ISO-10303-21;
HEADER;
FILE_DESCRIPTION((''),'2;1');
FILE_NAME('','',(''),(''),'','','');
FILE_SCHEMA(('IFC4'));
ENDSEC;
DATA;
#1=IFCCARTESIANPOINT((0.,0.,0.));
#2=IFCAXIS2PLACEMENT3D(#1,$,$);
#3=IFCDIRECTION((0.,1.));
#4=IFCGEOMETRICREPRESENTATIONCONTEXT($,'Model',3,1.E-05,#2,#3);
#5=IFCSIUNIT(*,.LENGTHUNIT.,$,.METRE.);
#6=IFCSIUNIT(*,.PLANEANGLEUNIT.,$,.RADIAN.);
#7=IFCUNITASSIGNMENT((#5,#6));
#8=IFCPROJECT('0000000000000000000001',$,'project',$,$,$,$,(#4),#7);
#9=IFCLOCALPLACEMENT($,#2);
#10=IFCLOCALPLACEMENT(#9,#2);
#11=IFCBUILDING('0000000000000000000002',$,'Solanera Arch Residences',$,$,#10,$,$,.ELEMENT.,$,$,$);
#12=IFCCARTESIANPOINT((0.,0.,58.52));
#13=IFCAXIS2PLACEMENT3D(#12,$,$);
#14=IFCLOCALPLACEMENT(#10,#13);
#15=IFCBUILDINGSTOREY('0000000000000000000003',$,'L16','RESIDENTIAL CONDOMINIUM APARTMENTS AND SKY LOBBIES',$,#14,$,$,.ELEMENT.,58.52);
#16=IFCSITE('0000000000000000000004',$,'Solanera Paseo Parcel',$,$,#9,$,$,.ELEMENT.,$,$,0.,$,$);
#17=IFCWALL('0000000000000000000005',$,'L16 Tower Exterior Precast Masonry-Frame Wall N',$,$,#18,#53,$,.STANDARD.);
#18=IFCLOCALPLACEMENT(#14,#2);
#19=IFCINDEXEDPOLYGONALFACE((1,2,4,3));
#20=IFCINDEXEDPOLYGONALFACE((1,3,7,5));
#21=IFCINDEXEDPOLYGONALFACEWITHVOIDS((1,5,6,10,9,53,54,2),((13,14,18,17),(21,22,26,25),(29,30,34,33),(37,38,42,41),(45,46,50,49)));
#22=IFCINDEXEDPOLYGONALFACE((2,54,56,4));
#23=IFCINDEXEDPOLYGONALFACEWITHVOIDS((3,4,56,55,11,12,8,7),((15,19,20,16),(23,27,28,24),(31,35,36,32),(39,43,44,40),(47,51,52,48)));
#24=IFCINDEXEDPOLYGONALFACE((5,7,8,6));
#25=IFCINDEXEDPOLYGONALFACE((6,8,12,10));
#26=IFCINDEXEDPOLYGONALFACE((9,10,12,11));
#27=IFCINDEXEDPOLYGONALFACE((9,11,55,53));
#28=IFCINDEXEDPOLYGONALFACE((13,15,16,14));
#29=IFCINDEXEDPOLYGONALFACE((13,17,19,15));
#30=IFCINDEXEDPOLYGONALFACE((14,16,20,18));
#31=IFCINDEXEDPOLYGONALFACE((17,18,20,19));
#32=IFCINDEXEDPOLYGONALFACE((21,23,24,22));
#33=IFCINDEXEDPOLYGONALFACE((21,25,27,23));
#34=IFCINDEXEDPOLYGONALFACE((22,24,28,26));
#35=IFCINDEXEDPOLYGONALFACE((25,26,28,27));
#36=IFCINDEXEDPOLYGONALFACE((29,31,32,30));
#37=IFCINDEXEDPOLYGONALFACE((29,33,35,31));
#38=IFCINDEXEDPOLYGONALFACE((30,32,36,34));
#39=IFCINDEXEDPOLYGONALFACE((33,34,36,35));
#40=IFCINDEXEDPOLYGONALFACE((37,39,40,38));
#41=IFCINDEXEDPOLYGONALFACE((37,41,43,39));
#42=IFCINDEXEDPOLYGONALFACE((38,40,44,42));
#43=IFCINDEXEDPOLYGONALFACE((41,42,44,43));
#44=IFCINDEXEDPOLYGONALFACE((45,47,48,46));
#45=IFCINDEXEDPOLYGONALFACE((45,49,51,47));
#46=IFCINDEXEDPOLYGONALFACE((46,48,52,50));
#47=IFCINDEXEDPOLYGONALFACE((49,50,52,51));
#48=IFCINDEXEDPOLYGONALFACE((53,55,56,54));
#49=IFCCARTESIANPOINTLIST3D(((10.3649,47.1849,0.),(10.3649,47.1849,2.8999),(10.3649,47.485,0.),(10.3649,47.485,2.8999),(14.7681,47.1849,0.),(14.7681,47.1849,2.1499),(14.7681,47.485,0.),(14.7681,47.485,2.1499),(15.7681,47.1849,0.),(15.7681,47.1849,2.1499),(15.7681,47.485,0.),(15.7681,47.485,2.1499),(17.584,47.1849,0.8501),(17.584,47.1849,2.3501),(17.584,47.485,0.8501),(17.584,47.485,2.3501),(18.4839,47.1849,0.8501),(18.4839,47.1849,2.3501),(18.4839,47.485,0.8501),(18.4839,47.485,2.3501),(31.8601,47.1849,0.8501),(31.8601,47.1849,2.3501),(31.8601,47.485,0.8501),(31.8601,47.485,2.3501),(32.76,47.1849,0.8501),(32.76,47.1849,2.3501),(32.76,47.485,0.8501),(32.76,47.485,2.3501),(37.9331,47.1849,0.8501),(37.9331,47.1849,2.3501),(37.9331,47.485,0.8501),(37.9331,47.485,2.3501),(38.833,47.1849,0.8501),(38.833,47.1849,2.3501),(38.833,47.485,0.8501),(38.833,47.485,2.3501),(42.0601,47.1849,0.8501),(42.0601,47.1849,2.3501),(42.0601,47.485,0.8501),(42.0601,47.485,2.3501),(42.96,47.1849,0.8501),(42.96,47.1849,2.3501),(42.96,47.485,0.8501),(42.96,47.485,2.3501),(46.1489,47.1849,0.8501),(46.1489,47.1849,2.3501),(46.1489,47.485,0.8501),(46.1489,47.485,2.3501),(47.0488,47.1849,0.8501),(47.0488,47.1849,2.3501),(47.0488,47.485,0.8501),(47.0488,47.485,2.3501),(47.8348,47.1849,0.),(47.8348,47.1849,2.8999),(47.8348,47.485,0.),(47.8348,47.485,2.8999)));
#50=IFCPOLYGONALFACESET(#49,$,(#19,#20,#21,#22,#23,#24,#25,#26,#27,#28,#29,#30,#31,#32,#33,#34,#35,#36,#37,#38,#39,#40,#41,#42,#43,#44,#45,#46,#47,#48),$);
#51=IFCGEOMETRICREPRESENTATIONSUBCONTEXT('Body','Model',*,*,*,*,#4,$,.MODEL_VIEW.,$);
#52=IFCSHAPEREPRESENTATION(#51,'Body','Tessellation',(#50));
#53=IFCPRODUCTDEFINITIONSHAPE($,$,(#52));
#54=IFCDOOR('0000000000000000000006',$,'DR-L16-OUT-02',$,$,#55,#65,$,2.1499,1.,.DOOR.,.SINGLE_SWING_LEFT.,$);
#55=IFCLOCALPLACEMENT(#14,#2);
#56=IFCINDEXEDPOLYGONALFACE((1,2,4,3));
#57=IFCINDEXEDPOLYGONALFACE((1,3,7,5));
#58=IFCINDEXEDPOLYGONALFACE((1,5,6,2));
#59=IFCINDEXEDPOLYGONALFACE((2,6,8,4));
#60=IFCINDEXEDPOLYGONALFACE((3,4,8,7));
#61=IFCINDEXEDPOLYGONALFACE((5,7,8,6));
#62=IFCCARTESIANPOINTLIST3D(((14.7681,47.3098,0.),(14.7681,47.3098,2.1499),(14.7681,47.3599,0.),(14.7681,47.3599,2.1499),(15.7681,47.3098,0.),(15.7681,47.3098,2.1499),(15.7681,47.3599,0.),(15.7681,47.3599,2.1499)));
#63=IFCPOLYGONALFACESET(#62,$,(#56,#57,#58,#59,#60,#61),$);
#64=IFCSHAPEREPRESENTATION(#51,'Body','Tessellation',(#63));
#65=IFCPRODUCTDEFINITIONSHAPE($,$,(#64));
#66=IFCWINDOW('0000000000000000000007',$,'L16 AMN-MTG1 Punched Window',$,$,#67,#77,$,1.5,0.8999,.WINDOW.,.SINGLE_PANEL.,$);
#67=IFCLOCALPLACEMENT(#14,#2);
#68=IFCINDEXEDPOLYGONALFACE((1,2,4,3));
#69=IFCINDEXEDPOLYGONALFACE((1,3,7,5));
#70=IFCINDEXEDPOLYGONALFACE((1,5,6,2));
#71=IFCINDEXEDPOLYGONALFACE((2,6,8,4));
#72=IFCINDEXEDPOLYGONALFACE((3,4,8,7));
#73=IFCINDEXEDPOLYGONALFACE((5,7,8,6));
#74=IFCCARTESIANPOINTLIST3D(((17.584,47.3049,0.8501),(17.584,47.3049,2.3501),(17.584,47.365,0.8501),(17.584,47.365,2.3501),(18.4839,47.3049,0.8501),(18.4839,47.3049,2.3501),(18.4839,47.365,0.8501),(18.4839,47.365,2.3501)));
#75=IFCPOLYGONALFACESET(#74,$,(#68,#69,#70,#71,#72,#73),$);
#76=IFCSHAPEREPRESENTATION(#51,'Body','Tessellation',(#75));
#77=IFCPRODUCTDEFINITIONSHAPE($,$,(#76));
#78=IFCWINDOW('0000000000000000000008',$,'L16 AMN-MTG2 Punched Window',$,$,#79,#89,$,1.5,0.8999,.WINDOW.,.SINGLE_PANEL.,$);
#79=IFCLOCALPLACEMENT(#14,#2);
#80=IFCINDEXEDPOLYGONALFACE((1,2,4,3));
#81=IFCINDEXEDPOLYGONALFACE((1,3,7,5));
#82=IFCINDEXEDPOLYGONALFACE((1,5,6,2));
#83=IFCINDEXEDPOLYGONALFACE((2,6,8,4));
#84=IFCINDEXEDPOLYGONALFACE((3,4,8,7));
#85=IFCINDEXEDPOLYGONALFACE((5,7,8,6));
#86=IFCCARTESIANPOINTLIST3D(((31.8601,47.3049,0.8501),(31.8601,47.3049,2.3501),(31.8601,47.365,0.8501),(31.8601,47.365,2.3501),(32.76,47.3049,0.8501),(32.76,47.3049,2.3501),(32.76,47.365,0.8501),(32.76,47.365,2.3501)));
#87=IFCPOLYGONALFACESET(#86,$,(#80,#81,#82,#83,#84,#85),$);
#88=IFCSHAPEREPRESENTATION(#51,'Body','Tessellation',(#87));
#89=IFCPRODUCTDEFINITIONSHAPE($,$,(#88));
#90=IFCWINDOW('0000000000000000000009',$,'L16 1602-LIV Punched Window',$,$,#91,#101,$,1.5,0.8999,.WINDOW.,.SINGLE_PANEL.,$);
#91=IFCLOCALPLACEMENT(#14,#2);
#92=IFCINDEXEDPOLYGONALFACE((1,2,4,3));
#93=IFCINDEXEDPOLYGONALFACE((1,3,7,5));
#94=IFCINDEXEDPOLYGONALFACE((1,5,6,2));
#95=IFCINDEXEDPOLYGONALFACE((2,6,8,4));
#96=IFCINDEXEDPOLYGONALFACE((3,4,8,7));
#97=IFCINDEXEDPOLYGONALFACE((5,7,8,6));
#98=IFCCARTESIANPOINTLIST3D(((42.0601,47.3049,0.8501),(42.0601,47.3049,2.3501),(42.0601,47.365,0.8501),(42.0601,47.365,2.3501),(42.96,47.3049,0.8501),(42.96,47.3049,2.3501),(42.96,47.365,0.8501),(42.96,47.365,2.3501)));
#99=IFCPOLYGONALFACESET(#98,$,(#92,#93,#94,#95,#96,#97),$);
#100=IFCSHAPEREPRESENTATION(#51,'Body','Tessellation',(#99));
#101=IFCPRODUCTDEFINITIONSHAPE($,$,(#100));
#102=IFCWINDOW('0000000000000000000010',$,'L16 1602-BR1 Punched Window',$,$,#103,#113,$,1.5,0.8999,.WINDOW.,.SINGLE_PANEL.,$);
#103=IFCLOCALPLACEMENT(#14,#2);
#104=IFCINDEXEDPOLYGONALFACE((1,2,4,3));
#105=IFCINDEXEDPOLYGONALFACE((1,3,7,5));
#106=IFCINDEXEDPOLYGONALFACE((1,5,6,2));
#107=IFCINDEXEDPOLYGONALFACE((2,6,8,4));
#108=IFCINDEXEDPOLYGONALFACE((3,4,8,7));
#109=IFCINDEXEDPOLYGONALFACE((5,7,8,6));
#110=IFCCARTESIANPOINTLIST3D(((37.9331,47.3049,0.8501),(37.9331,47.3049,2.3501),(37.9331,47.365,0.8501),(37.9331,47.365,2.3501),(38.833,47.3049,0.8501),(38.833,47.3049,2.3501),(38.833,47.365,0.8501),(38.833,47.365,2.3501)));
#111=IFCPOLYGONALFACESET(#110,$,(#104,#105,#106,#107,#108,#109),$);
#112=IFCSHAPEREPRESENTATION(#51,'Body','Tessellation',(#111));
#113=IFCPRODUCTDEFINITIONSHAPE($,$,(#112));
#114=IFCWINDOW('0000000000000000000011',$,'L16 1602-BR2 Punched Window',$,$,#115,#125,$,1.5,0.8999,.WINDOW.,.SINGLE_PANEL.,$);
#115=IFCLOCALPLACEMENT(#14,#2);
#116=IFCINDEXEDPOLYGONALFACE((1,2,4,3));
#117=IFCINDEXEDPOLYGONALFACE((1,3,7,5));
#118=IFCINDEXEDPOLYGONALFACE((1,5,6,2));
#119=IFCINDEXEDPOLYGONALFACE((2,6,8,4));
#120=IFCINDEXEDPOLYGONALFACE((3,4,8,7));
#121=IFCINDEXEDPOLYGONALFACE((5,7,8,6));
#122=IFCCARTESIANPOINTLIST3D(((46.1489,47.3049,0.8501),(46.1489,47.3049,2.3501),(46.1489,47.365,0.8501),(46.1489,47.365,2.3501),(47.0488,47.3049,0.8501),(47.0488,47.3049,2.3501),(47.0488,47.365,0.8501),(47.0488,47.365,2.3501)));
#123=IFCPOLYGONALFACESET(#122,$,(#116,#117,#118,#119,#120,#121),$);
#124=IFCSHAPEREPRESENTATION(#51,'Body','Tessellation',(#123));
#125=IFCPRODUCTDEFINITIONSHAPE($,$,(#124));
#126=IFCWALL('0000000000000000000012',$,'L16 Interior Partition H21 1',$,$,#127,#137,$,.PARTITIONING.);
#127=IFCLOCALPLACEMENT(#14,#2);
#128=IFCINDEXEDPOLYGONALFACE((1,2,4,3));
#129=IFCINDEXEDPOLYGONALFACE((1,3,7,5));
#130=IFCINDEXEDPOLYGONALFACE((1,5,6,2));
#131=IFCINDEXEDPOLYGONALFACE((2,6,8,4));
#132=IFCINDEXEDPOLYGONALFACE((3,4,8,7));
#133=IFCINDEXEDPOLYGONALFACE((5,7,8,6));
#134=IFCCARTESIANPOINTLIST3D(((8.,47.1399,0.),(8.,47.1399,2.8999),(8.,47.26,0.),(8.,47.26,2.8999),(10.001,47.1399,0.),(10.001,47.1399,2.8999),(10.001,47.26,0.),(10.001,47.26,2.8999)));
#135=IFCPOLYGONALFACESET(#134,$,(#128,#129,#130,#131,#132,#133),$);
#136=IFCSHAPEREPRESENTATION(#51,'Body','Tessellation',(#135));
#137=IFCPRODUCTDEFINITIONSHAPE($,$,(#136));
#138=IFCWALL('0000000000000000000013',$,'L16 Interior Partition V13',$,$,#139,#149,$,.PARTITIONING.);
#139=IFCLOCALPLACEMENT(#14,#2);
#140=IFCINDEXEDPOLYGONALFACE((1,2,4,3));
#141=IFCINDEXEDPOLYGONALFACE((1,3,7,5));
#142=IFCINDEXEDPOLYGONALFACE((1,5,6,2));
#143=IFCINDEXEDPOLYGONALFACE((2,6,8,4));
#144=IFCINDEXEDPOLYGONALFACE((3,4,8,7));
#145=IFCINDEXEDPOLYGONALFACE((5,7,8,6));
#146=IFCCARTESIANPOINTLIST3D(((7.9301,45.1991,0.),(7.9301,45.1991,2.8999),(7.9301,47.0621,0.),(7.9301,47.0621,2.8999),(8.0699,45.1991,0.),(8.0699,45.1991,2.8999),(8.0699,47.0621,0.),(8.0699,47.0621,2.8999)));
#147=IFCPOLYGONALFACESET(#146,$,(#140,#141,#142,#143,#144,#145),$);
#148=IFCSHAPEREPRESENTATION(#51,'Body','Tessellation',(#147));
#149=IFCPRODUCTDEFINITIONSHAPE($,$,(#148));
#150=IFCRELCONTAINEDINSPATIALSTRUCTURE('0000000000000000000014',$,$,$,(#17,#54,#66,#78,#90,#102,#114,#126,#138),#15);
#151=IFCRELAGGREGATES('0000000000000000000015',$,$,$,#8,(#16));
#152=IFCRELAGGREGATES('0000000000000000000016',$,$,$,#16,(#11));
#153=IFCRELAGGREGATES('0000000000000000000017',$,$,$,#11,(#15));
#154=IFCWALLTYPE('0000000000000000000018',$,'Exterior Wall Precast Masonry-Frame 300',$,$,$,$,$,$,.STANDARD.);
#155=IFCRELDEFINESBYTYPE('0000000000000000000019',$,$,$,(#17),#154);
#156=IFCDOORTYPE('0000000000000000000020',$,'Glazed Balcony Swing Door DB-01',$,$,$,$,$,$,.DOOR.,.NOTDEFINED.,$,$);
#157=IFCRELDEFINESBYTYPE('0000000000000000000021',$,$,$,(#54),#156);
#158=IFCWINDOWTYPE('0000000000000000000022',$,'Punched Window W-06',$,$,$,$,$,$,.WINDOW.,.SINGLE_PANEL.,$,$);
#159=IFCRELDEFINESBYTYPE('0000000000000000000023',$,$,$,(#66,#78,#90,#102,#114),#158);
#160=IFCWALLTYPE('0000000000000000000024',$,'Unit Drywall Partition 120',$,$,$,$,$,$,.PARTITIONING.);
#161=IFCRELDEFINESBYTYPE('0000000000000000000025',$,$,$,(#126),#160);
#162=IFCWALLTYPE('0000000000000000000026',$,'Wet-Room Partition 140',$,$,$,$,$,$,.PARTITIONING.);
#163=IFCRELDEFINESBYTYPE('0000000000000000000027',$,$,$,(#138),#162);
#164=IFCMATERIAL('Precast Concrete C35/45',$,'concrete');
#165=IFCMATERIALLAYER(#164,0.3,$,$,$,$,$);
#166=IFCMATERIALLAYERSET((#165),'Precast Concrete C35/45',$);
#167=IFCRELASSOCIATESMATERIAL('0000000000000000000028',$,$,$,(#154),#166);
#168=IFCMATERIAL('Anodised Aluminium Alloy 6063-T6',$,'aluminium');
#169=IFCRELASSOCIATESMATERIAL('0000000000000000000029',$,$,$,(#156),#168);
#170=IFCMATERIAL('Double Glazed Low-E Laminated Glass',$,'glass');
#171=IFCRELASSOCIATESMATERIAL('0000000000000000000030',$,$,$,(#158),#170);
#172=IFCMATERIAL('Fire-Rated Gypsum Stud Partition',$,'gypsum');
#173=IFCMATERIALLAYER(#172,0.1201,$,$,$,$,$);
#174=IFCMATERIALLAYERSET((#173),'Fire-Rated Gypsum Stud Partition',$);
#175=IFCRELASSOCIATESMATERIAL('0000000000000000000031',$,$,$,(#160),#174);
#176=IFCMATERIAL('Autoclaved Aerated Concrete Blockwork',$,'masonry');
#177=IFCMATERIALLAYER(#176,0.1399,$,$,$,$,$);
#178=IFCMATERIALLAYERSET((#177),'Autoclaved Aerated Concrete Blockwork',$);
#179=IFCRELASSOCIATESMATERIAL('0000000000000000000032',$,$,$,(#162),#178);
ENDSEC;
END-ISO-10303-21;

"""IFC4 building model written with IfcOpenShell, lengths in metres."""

from ifc_helpers import new_model, si_unit, direction, frame, frame_2d, origin, place, context, subcontext, project, spatial, rectangle, extrude, material, layer, layer_set, type_object, element, fill, save


model = new_model("IFC4")

# Units and contexts
model_context = context("Model", 3, precision=1e-05, world=origin(), true_north=direction((0.0, 1.0)))
body_context = subcontext(model_context, "Body", "Model", "MODEL_VIEW")
ifc_project = project(units=[si_unit("LENGTHUNIT", "METRE"), si_unit("PLANEANGLEUNIT", "RADIAN")], contexts=[model_context])

# Site, building, storey
site_placement = place(None, origin())
site = spatial("IfcSite", under=ifc_project, at=site_placement, Name="Solanera Paseo Parcel", CompositionType="ELEMENT", RefElevation=0.0)
building_placement = place(site_placement, origin())
building = spatial("IfcBuilding", under=site, at=building_placement, Name="Solanera Arch Residences", CompositionType="ELEMENT")
storey_placement = place(building_placement, frame((0.0, 0.0, 58.52)))
storey = spatial("IfcBuildingStorey", under=building, at=storey_placement, Name="L16", Description="RESIDENTIAL CONDOMINIUM APARTMENTS AND SKY LOBBIES", CompositionType="ELEMENT", Elevation=58.52)

# Shared definitions
ifc_material_1 = material(Name="Precast Concrete C35/45", Category="concrete")
ifc_layer_1 = layer(ifc_material_1, 0.3)
ifc_layer_set_1 = layer_set([ifc_layer_1], Name="Precast Concrete C35/45")
wall_type_1 = type_object("IfcWallType", Name="Exterior Wall Precast Masonry-Frame 300", PredefinedType="STANDARD", material=ifc_layer_set_1)

# Wall, openings, door, windows
wall_1_placement = place(storey_placement, frame((10.365, 47.335, 0.0), z_axis=(0.0, 0.0, 1.0), x_axis=(1.0, 0.0, 0.0)))
wall_1 = element("IfcWall", 1, at=wall_1_placement, inside=storey, type_object=wall_type_1, Name="L16 Tower Exterior Precast Masonry-Frame Wall N", PredefinedType="STANDARD", context=body_context, shape_type="SweptSolid", body=[
    extrude(rectangle(XDim=37.47, YDim=0.3, at=frame_2d((18.7349, 0.0))), origin(), (0.0, 0.0, 1.0), 2.8999),
])
opening_1_placement = place(wall_1_placement, frame((4.4031, 0.0, 0.0)))
opening_1 = element("IfcOpeningElement", 2, at=opening_1_placement, cuts=wall_1, PredefinedType="OPENING", context=body_context, shape_type="SweptSolid", body=[
    extrude(rectangle(XDim=1.0, YDim=2.1499, at=frame_2d((0.5, 1.075))), frame((0.0, 0.1599, 0.0), z_axis=(0.0, -1.0, 0.0), x_axis=(1.0, 0.0, 0.0)), (0.0, 0.0, 1.0), 0.32),
])
opening_2_placement = place(wall_1_placement, frame((7.219, 0.0, 0.8501)))
opening_2 = element("IfcOpeningElement", 3, at=opening_2_placement, cuts=wall_1, PredefinedType="OPENING", context=body_context, shape_type="SweptSolid", body=[
    extrude(rectangle(XDim=0.8999, YDim=1.5, at=frame_2d((0.45, 0.75))), frame((0.0, 0.1599, 0.0), z_axis=(0.0, -1.0, 0.0), x_axis=(1.0, 0.0, 0.0)), (0.0, 0.0, 1.0), 0.32),
])
opening_3_placement = place(wall_1_placement, frame((21.4951, 0.0, 0.8501)))
opening_3 = element("IfcOpeningElement", 4, at=opening_3_placement, cuts=wall_1, PredefinedType="OPENING", context=body_context, shape_type="SweptSolid", body=[
    extrude(rectangle(XDim=0.8999, YDim=1.5, at=frame_2d((0.45, 0.75))), frame((0.0, 0.1599, 0.0), z_axis=(0.0, -1.0, 0.0), x_axis=(1.0, 0.0, 0.0)), (0.0, 0.0, 1.0), 0.32),
])
opening_4_placement = place(wall_1_placement, frame((31.6951, 0.0, 0.8501)))
opening_4 = element("IfcOpeningElement", 5, at=opening_4_placement, cuts=wall_1, PredefinedType="OPENING", context=body_context, shape_type="SweptSolid", body=[
    extrude(rectangle(XDim=0.8999, YDim=1.5, at=frame_2d((0.45, 0.75))), frame((0.0, 0.1599, 0.0), z_axis=(0.0, -1.0, 0.0), x_axis=(1.0, 0.0, 0.0)), (0.0, 0.0, 1.0), 0.32),
])
opening_5_placement = place(wall_1_placement, frame((27.5681, 0.0, 0.8501)))
opening_5 = element("IfcOpeningElement", 6, at=opening_5_placement, cuts=wall_1, PredefinedType="OPENING", context=body_context, shape_type="SweptSolid", body=[
    extrude(rectangle(XDim=0.8999, YDim=1.5, at=frame_2d((0.45, 0.75))), frame((0.0, 0.1599, 0.0), z_axis=(0.0, -1.0, 0.0), x_axis=(1.0, 0.0, 0.0)), (0.0, 0.0, 1.0), 0.32),
])
opening_6_placement = place(wall_1_placement, frame((35.7839, 0.0, 0.8501)))
opening_6 = element("IfcOpeningElement", 7, at=opening_6_placement, cuts=wall_1, PredefinedType="OPENING", context=body_context, shape_type="SweptSolid", body=[
    extrude(rectangle(XDim=0.8999, YDim=1.5, at=frame_2d((0.45, 0.75))), frame((0.0, 0.1599, 0.0), z_axis=(0.0, -1.0, 0.0), x_axis=(1.0, 0.0, 0.0)), (0.0, 0.0, 1.0), 0.32),
])
ifc_material_2 = material(Name="Anodised Aluminium Alloy 6063-T6", Category="aluminium")
door_type_1 = type_object("IfcDoorType", Name="Glazed Balcony Swing Door DB-01", OperationType="NOTDEFINED", PredefinedType="DOOR", material=ifc_material_2)
door_1_placement = place(opening_1_placement, origin())
door_1 = element("IfcDoor", 8, at=door_1_placement, inside=storey, type_object=door_type_1, Name="DR-L16-OUT-02", OperationType="SINGLE_SWING_LEFT", OverallHeight=2.1499, OverallWidth=1.0, PredefinedType="DOOR", context=body_context, shape_type="SweptSolid", body=[
    extrude(rectangle(XDim=1.0, YDim=2.1499, at=frame_2d((0.5, 1.075))), frame((0.0, 0.0249, 0.0), z_axis=(0.0, -1.0, 0.0), x_axis=(1.0, 0.0, 0.0)), (0.0, 0.0, 1.0), 0.05),
])
fill(opening_1, door_1)
ifc_material_3 = material(Name="Double Glazed Low-E Laminated Glass", Category="glass")
window_type = type_object("IfcWindowType", Name="Punched Window W-06", PartitioningType="SINGLE_PANEL", PredefinedType="WINDOW", material=ifc_material_3)
window_1_placement = place(opening_2_placement, origin())
window_1 = element("IfcWindow", 9, at=window_1_placement, inside=storey, type_object=window_type, Name="L16 AMN-MTG1 Punched Window", OverallHeight=1.5, OverallWidth=0.8999, PartitioningType="SINGLE_PANEL", PredefinedType="WINDOW", context=body_context, shape_type="SweptSolid", body=[
    extrude(rectangle(XDim=0.8999, YDim=1.5, at=frame_2d((0.45, 0.75))), frame((0.0, 0.03, 0.0), z_axis=(0.0, -1.0, 0.0), x_axis=(1.0, 0.0, 0.0)), (0.0, 0.0, 1.0), 0.0601),
])
fill(opening_2, window_1)
window_2_placement = place(opening_3_placement, origin())
window_2 = element("IfcWindow", 10, at=window_2_placement, inside=storey, type_object=window_type, Name="L16 AMN-MTG2 Punched Window", OverallHeight=1.5, OverallWidth=0.8999, PartitioningType="SINGLE_PANEL", PredefinedType="WINDOW", context=body_context, shape_type="SweptSolid", body=[
    extrude(rectangle(XDim=0.8999, YDim=1.5, at=frame_2d((0.45, 0.75))), frame((0.0, 0.03, 0.0), z_axis=(0.0, -1.0, 0.0), x_axis=(1.0, 0.0, 0.0)), (0.0, 0.0, 1.0), 0.0601),
])
fill(opening_3, window_2)
window_3_placement = place(opening_4_placement, origin())
window_3 = element("IfcWindow", 11, at=window_3_placement, inside=storey, type_object=window_type, Name="L16 1602-LIV Punched Window", OverallHeight=1.5, OverallWidth=0.8999, PartitioningType="SINGLE_PANEL", PredefinedType="WINDOW", context=body_context, shape_type="SweptSolid", body=[
    extrude(rectangle(XDim=0.8999, YDim=1.5, at=frame_2d((0.45, 0.75))), frame((0.0, 0.03, 0.0), z_axis=(0.0, -1.0, 0.0), x_axis=(1.0, 0.0, 0.0)), (0.0, 0.0, 1.0), 0.0601),
])
fill(opening_4, window_3)
window_4_placement = place(opening_5_placement, origin())
window_4 = element("IfcWindow", 12, at=window_4_placement, inside=storey, type_object=window_type, Name="L16 1602-BR1 Punched Window", OverallHeight=1.5, OverallWidth=0.8999, PartitioningType="SINGLE_PANEL", PredefinedType="WINDOW", context=body_context, shape_type="SweptSolid", body=[
    extrude(rectangle(XDim=0.8999, YDim=1.5, at=frame_2d((0.45, 0.75))), frame((0.0, 0.03, 0.0), z_axis=(0.0, -1.0, 0.0), x_axis=(1.0, 0.0, 0.0)), (0.0, 0.0, 1.0), 0.0601),
])
fill(opening_5, window_4)
window_5_placement = place(opening_6_placement, origin())
window_5 = element("IfcWindow", 13, at=window_5_placement, inside=storey, type_object=window_type, Name="L16 1602-BR2 Punched Window", OverallHeight=1.5, OverallWidth=0.8999, PartitioningType="SINGLE_PANEL", PredefinedType="WINDOW", context=body_context, shape_type="SweptSolid", body=[
    extrude(rectangle(XDim=0.8999, YDim=1.5, at=frame_2d((0.45, 0.75))), frame((0.0, 0.03, 0.0), z_axis=(0.0, -1.0, 0.0), x_axis=(1.0, 0.0, 0.0)), (0.0, 0.0, 1.0), 0.0601),
])
fill(opening_6, window_5)

# Walls
ifc_material_4 = material(Name="Fire-Rated Gypsum Stud Partition", Category="gypsum")
ifc_layer_2 = layer(ifc_material_4, 0.1201)
ifc_layer_set_2 = layer_set([ifc_layer_2], Name="Fire-Rated Gypsum Stud Partition")
wall_type_2 = type_object("IfcWallType", Name="Unit Drywall Partition 120", PredefinedType="PARTITIONING", material=ifc_layer_set_2)
wall_2_placement = place(storey_placement, frame((8.0, 47.2, 0.0), z_axis=(0.0, 0.0, 1.0), x_axis=(1.0, 0.0, 0.0)))
element("IfcWall", 14, at=wall_2_placement, inside=storey, type_object=wall_type_2, Name="L16 Interior Partition H21 1", PredefinedType="PARTITIONING", context=body_context, shape_type="SweptSolid", body=[
    extrude(rectangle(XDim=2.001, YDim=0.1201, at=frame_2d((1.0005, 0.0))), origin(), (0.0, 0.0, 1.0), 2.8999),
])
ifc_material_5 = material(Name="Autoclaved Aerated Concrete Blockwork", Category="masonry")
ifc_layer_3 = layer(ifc_material_5, 0.1399)
ifc_layer_set_3 = layer_set([ifc_layer_3], Name="Autoclaved Aerated Concrete Blockwork")
wall_type_3 = type_object("IfcWallType", Name="Wet-Room Partition 140", PredefinedType="PARTITIONING", material=ifc_layer_set_3)
wall_3_placement = place(storey_placement, frame((8.0, 45.199, 0.0), z_axis=(0.0, 0.0, 1.0), x_axis=(0.0, 1.0, 0.0)))
element("IfcWall", 15, at=wall_3_placement, inside=storey, type_object=wall_type_3, Name="L16 Interior Partition V13", PredefinedType="PARTITIONING", context=body_context, shape_type="SweptSolid", body=[
    extrude(rectangle(XDim=1.863, YDim=0.1399, at=frame_2d((0.9316, 0.0))), origin(), (0.0, 0.0, 1.0), 2.8999),
])

save(model, "model.ifc")
